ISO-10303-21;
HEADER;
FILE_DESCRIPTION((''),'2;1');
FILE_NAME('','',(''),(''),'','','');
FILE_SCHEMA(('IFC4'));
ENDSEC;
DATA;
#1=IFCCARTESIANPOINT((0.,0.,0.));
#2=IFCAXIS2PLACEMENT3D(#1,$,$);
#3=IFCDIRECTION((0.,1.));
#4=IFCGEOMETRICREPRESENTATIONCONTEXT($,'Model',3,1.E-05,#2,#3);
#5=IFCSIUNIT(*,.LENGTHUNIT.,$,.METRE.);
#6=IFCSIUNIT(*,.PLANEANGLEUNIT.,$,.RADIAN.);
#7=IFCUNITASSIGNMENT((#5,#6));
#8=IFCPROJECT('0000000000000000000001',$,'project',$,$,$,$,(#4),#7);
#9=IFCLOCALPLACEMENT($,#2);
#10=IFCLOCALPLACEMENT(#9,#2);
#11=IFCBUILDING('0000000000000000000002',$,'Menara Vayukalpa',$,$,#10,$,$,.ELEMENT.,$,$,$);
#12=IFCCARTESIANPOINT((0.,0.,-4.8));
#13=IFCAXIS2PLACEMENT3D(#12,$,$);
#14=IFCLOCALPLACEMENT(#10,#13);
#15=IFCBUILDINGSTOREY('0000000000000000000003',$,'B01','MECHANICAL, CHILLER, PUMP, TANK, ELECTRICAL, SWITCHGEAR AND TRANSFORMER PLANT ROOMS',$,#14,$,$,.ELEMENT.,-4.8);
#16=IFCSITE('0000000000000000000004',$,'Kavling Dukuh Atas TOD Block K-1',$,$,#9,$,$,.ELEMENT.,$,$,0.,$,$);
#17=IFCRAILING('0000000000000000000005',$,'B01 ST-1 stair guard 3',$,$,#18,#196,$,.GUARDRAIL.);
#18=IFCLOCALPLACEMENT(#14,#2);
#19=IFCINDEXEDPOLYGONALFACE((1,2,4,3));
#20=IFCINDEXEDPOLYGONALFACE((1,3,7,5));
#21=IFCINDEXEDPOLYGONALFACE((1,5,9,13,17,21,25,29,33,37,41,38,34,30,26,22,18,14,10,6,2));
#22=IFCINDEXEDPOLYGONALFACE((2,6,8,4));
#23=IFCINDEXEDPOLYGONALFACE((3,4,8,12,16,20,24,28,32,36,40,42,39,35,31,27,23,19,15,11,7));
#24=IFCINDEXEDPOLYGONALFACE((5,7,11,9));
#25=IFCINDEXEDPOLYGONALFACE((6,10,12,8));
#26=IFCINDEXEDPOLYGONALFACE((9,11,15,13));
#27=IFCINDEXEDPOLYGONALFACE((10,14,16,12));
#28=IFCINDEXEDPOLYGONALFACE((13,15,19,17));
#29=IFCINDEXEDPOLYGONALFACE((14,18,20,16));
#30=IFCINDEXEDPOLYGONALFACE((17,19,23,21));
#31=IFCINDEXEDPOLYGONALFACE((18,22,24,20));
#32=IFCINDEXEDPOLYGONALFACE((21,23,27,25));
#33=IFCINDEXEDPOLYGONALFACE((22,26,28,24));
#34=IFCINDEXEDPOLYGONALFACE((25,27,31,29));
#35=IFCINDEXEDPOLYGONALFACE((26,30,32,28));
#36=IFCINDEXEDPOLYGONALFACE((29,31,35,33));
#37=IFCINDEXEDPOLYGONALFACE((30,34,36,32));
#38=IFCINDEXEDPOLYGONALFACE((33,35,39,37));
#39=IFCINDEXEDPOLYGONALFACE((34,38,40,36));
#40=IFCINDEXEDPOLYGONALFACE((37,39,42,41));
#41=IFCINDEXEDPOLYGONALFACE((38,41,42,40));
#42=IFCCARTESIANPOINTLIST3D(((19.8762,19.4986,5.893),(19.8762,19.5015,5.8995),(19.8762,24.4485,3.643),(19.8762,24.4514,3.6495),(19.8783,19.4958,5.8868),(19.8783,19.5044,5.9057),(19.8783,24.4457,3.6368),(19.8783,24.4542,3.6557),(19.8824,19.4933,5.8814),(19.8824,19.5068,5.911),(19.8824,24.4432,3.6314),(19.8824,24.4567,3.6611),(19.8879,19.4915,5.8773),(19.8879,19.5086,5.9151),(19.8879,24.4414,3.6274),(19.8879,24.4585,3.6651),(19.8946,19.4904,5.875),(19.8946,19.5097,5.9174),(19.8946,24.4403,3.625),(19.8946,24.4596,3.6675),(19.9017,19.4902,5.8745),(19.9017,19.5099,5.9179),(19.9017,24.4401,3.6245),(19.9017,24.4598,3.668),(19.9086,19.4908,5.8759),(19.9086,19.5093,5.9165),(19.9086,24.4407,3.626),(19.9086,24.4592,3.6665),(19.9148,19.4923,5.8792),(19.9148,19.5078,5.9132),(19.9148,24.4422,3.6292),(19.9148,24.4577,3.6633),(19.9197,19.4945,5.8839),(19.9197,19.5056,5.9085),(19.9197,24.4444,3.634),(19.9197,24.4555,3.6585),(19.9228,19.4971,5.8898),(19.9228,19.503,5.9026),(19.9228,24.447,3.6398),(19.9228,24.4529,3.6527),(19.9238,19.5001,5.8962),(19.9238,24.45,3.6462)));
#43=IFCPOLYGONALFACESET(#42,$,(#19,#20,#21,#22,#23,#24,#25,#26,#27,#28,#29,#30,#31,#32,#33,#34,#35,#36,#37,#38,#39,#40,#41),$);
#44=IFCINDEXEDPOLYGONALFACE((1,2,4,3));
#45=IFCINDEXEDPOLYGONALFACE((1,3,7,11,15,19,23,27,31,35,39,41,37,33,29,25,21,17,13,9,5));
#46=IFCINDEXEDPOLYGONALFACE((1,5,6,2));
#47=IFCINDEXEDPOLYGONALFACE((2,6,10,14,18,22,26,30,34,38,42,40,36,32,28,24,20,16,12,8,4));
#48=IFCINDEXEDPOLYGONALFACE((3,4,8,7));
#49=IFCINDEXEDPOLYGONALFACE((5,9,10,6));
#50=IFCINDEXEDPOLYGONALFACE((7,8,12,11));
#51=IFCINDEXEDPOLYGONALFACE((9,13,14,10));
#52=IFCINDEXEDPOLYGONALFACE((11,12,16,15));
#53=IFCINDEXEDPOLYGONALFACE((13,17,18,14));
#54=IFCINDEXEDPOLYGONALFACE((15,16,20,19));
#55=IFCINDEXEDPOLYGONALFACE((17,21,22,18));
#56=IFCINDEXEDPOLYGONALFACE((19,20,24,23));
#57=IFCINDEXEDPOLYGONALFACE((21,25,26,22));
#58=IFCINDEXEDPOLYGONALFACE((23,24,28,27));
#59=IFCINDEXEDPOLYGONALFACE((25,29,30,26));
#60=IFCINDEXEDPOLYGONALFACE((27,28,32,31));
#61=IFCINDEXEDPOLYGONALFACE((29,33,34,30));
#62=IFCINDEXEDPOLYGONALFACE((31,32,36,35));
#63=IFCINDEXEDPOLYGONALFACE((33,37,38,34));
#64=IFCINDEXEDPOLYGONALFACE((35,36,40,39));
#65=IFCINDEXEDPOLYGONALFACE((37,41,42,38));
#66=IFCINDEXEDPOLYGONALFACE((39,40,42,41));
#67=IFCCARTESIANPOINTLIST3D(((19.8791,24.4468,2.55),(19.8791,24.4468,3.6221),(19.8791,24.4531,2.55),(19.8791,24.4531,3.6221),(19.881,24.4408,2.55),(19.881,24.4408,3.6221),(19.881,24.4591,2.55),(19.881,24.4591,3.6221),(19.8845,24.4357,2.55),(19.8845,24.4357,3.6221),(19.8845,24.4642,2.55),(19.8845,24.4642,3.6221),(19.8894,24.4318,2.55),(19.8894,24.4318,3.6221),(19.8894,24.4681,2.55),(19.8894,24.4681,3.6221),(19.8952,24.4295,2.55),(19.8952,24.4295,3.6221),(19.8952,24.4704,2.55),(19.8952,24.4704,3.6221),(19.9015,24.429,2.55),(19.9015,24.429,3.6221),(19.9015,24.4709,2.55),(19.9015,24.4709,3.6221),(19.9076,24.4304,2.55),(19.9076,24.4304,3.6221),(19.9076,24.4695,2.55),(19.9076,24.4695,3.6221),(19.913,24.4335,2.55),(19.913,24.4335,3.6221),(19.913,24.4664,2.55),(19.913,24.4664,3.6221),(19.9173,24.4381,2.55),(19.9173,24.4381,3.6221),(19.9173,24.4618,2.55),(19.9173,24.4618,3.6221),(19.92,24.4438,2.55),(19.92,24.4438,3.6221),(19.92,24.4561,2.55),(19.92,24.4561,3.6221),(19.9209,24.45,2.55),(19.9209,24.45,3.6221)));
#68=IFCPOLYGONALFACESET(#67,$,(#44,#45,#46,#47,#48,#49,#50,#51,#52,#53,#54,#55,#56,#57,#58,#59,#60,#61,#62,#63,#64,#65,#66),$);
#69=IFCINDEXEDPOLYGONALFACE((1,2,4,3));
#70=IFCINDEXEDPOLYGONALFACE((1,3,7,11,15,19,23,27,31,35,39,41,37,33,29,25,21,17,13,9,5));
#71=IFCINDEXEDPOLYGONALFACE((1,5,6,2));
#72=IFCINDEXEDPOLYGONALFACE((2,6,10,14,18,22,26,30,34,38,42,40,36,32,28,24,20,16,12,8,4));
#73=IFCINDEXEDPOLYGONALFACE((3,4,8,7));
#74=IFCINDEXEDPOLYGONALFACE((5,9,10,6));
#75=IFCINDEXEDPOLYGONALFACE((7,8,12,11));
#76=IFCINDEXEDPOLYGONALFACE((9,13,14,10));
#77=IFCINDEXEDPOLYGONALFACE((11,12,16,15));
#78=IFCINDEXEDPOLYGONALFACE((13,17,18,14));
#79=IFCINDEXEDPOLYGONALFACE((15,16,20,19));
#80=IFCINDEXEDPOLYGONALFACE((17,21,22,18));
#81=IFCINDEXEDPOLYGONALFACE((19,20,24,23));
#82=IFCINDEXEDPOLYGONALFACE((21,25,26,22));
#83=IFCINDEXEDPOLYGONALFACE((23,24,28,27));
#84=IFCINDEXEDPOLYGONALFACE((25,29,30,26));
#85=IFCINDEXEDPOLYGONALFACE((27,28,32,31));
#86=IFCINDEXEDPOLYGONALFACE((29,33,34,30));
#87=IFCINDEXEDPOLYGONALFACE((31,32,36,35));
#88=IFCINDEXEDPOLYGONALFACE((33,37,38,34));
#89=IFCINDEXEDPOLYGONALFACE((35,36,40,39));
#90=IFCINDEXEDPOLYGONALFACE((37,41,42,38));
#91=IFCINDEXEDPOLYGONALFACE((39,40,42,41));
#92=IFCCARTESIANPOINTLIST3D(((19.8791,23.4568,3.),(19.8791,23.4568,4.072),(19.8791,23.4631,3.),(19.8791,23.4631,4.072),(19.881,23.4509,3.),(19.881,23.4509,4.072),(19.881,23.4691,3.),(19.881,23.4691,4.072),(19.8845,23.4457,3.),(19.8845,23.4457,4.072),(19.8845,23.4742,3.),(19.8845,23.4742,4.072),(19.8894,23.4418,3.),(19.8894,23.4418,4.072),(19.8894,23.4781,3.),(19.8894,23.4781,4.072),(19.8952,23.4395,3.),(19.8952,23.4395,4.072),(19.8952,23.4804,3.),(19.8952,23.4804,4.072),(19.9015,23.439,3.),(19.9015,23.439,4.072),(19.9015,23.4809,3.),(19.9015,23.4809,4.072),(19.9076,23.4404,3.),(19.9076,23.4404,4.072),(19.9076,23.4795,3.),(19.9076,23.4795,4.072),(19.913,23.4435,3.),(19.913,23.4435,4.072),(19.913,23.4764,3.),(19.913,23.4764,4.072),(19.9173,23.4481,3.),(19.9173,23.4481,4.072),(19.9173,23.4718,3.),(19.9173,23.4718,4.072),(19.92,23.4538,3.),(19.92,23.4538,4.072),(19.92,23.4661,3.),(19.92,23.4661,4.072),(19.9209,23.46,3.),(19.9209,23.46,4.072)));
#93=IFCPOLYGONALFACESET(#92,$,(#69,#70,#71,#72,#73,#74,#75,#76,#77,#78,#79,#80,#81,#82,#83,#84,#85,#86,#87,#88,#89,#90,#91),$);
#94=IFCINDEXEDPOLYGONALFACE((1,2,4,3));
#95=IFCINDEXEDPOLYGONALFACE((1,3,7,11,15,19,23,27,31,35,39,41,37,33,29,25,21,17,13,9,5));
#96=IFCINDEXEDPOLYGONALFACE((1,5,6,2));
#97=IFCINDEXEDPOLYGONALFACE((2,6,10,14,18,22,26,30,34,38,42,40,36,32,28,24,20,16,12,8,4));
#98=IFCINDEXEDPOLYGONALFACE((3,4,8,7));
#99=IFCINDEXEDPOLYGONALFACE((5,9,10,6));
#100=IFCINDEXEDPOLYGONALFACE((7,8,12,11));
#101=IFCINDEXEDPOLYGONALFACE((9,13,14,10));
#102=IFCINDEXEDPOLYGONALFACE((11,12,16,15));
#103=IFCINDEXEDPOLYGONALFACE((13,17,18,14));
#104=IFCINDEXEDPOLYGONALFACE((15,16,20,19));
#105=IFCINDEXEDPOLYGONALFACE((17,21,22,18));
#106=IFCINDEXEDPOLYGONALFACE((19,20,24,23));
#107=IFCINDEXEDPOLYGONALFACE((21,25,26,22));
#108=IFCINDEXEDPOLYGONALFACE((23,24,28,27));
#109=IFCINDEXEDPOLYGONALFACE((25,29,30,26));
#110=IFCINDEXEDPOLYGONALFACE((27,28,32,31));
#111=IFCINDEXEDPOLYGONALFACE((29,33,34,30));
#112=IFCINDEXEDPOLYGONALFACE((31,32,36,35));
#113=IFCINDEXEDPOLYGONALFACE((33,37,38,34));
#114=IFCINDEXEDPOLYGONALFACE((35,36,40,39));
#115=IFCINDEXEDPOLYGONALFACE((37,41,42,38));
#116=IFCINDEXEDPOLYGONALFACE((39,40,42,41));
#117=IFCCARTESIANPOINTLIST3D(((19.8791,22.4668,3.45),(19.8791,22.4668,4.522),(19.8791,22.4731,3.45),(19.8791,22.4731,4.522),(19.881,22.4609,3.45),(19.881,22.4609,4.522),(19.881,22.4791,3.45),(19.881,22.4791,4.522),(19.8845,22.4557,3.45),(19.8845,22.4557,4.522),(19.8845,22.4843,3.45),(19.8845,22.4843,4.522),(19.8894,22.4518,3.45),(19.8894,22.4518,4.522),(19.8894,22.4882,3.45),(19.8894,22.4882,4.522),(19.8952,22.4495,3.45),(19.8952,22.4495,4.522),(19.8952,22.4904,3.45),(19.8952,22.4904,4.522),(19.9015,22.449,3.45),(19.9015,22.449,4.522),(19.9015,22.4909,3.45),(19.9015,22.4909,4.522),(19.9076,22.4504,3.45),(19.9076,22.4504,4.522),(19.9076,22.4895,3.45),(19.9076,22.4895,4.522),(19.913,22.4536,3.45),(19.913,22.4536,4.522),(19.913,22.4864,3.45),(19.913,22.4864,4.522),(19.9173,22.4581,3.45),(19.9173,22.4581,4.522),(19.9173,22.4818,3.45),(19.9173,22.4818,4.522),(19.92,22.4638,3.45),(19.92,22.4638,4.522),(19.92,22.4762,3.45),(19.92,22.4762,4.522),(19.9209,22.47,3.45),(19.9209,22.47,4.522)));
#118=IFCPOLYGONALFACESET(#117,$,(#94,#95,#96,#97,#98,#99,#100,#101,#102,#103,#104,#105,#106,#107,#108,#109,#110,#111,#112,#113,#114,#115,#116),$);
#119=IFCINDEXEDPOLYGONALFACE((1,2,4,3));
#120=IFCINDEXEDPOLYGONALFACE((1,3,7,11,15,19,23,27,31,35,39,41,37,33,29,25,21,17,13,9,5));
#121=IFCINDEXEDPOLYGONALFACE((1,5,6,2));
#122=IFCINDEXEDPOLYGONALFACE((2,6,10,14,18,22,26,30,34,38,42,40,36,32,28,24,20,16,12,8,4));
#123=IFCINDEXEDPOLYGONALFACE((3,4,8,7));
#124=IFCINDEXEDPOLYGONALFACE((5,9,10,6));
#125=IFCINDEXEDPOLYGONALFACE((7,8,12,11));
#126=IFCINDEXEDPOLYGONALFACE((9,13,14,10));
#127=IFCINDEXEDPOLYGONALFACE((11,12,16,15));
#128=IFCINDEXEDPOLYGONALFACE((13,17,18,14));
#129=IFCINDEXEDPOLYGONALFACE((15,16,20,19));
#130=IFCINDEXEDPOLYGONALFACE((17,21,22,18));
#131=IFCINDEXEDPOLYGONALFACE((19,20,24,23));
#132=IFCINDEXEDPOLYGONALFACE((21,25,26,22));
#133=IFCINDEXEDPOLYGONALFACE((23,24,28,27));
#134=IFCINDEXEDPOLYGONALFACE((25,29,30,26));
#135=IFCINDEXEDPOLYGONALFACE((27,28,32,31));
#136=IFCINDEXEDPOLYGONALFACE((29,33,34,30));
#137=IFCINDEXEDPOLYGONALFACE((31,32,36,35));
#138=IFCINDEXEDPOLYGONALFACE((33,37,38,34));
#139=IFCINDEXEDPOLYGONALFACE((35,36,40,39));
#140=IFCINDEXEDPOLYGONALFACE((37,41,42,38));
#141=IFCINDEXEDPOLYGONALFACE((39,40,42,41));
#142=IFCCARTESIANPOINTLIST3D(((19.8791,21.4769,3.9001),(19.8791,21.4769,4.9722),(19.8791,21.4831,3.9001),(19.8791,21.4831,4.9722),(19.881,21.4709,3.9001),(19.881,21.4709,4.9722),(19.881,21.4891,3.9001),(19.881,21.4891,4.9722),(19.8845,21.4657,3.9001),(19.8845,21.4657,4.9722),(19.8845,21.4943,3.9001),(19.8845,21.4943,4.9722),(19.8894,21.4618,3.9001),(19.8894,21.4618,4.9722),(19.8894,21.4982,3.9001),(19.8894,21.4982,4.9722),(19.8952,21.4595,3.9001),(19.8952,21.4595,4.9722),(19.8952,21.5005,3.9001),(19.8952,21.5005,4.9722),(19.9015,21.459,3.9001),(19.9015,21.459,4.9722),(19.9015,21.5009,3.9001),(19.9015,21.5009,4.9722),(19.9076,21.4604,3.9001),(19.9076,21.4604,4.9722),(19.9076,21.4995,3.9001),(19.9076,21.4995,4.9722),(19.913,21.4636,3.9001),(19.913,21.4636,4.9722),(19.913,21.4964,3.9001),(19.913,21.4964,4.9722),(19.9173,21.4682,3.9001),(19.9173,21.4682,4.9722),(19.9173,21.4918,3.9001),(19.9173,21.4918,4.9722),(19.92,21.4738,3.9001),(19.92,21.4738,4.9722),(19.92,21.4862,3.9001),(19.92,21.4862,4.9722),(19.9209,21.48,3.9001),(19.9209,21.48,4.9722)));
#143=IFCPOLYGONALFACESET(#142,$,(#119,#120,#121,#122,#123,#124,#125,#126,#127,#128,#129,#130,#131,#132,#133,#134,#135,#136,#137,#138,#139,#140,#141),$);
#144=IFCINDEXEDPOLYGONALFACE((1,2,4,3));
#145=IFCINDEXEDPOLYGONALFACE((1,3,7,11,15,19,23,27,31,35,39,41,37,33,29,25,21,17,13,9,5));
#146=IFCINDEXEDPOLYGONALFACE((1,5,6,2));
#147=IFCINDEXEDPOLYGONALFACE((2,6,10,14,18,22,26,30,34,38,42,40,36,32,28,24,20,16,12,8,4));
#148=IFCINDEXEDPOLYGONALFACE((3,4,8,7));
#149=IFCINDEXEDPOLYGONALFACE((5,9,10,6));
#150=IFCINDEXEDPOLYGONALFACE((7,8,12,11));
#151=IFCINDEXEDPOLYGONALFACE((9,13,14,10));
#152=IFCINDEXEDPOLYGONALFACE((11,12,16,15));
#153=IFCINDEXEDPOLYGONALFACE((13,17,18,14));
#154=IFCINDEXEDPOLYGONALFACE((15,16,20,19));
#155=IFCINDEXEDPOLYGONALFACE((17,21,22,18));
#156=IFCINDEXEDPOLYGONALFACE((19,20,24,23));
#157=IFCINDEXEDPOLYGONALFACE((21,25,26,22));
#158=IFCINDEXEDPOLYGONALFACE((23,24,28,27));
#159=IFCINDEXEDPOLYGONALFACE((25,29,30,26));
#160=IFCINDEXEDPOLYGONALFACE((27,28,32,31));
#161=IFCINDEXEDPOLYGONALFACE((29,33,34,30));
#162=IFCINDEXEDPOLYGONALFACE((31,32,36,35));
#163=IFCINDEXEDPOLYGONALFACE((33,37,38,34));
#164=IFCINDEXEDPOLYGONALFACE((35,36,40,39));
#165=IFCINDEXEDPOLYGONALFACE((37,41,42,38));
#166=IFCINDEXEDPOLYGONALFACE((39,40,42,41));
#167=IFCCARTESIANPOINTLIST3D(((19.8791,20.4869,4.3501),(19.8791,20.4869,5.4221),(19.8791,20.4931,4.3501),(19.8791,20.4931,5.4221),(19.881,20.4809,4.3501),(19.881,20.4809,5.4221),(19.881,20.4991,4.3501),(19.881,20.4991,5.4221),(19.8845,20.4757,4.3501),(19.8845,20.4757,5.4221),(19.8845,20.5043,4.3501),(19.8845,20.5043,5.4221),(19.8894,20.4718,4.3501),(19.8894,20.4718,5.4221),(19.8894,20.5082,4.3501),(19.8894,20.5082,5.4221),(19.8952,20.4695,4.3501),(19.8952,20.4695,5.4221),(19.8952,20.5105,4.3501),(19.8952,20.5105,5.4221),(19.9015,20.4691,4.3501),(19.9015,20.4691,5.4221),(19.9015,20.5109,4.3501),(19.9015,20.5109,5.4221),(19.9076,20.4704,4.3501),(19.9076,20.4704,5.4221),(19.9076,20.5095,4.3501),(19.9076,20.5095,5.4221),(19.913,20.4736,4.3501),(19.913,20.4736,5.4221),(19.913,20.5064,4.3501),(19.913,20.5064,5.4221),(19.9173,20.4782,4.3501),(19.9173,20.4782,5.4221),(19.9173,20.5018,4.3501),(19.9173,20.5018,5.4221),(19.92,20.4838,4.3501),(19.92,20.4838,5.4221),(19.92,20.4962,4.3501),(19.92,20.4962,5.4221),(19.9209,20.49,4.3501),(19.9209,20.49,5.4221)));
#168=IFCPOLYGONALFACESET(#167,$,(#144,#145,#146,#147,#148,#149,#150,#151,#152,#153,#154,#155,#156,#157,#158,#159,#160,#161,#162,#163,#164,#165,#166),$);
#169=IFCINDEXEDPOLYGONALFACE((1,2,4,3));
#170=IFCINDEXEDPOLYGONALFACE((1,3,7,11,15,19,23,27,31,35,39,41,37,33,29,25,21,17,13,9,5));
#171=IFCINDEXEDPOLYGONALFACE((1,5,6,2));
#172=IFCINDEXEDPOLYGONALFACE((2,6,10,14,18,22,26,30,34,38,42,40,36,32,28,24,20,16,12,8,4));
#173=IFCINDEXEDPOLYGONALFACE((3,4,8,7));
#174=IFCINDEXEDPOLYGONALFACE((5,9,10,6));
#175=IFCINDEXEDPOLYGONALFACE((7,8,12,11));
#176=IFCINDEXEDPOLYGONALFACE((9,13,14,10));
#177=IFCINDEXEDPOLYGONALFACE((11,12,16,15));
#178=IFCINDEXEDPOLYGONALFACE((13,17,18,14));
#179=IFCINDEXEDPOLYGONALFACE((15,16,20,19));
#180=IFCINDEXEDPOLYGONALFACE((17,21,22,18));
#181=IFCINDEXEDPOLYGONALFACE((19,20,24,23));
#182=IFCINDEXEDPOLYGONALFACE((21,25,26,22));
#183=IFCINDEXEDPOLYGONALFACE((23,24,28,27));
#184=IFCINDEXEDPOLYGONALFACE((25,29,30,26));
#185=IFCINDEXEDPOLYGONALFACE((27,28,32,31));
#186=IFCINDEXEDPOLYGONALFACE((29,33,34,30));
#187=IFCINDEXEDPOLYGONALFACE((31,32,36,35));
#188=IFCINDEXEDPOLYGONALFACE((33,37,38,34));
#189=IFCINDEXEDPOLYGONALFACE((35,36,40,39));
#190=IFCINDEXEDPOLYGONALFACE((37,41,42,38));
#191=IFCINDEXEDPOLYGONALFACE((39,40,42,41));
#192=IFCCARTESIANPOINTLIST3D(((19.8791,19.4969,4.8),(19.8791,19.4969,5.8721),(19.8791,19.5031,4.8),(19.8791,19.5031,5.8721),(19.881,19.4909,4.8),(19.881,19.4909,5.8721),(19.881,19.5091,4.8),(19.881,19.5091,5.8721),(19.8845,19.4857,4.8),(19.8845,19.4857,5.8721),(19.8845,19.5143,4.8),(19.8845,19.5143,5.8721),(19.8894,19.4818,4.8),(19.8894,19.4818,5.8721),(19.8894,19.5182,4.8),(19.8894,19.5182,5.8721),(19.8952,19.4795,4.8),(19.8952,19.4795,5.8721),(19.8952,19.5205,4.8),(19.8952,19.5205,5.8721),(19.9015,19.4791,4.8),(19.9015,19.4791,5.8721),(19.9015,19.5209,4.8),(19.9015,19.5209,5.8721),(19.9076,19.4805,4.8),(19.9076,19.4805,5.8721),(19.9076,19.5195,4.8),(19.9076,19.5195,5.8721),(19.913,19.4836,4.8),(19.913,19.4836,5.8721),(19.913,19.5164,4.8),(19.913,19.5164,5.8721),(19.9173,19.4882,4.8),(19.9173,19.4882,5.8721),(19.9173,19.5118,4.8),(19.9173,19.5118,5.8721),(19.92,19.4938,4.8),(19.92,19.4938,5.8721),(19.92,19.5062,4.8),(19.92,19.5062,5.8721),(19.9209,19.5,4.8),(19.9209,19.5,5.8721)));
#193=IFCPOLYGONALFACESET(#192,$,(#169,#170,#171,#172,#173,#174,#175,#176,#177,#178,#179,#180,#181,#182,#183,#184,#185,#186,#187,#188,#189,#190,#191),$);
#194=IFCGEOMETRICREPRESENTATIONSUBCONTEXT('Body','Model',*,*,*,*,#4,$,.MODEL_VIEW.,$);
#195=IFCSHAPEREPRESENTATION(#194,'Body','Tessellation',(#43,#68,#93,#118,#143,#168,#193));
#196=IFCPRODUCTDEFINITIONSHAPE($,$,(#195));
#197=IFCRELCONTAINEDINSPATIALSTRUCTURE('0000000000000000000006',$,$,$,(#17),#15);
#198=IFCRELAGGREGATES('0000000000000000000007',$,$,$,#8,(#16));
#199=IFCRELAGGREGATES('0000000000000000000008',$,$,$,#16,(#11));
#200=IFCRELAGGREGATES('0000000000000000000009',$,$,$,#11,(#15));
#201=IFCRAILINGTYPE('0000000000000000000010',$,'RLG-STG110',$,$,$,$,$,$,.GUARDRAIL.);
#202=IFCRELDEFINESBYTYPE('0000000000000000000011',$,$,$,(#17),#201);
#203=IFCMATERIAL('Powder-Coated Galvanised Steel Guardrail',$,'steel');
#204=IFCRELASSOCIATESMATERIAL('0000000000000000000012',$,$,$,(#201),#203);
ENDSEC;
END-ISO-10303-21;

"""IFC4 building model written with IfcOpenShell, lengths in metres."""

from ifc_helpers import new_model, si_unit, direction, frame, origin, origin_2d, place, context, subcontext, project, spatial, circle, extrude, material, type_object, element, save


model = new_model("IFC4")

# Units and contexts
model_context = context("Model", 3, precision=1e-05, world=origin(), true_north=direction((0.0, 1.0)))
body_context = subcontext(model_context, "Body", "Model", "MODEL_VIEW")
ifc_project = project(units=[si_unit("LENGTHUNIT", "METRE"), si_unit("PLANEANGLEUNIT", "RADIAN")], contexts=[model_context])

# Site, building, storey
site_placement = place(None, origin())
site = spatial("IfcSite", under=ifc_project, at=site_placement, Name="Kavling Dukuh Atas TOD Block K-1", CompositionType="ELEMENT", RefElevation=0.0)
building_placement = place(site_placement, origin())
building = spatial("IfcBuilding", under=site, at=building_placement, Name="Menara Vayukalpa", CompositionType="ELEMENT")
storey_placement = place(building_placement, frame((0.0, 0.0, -4.8)))
storey = spatial("IfcBuildingStorey", under=building, at=storey_placement, Name="B01", Description="MECHANICAL, CHILLER, PUMP, TANK, ELECTRICAL, SWITCHGEAR AND TRANSFORMER PLANT ROOMS", CompositionType="ELEMENT", Elevation=-4.8)

# Railing
ifc_material_1 = material(Name="Powder-Coated Galvanised Steel Guardrail", Category="steel")
railing_type_1 = type_object("IfcRailingType", Name="RLG-STG110", PredefinedType="GUARDRAIL", material=ifc_material_1)
railing_1_placement = place(storey_placement, frame((19.8999, 24.45, 2.55)))
element("IfcRailing", 1, at=railing_1_placement, inside=storey, type_object=railing_type_1, Name="B01 ST-1 stair guard 3", PredefinedType="GUARDRAIL", context=body_context, shape_type="SweptSolid", body=[
    extrude(circle(Radius=0.0239, at=origin_2d()), frame((0.0, 0.0, 1.0962), z_axis=(0.0, -0.910365, 0.413806), x_axis=(1.0, 0.0, 0.0)), (0.0, 0.0, 1.0), 5.4373),
    extrude(circle(Radius=0.021, at=origin_2d()), origin(), (0.0, 0.0, 1.0), 1.072),
    extrude(circle(Radius=0.021, at=origin_2d()), frame((0.0, -0.99, 0.45)), (0.0, 0.0, 1.0), 1.072),
    extrude(circle(Radius=0.021, at=origin_2d()), frame((0.0, -1.98, 0.8999)), (0.0, 0.0, 1.0), 1.072),
    extrude(circle(Radius=0.021, at=origin_2d()), frame((0.0, -2.97, 1.3501)), (0.0, 0.0, 1.0), 1.072),
    extrude(circle(Radius=0.021, at=origin_2d()), frame((0.0, -3.96, 1.8)), (0.0, 0.0, 1.0), 1.072),
    extrude(circle(Radius=0.021, at=origin_2d()), frame((0.0, -4.95, 2.25)), (0.0, 0.0, 1.0), 1.072),
])

save(model, "model.ifc")
